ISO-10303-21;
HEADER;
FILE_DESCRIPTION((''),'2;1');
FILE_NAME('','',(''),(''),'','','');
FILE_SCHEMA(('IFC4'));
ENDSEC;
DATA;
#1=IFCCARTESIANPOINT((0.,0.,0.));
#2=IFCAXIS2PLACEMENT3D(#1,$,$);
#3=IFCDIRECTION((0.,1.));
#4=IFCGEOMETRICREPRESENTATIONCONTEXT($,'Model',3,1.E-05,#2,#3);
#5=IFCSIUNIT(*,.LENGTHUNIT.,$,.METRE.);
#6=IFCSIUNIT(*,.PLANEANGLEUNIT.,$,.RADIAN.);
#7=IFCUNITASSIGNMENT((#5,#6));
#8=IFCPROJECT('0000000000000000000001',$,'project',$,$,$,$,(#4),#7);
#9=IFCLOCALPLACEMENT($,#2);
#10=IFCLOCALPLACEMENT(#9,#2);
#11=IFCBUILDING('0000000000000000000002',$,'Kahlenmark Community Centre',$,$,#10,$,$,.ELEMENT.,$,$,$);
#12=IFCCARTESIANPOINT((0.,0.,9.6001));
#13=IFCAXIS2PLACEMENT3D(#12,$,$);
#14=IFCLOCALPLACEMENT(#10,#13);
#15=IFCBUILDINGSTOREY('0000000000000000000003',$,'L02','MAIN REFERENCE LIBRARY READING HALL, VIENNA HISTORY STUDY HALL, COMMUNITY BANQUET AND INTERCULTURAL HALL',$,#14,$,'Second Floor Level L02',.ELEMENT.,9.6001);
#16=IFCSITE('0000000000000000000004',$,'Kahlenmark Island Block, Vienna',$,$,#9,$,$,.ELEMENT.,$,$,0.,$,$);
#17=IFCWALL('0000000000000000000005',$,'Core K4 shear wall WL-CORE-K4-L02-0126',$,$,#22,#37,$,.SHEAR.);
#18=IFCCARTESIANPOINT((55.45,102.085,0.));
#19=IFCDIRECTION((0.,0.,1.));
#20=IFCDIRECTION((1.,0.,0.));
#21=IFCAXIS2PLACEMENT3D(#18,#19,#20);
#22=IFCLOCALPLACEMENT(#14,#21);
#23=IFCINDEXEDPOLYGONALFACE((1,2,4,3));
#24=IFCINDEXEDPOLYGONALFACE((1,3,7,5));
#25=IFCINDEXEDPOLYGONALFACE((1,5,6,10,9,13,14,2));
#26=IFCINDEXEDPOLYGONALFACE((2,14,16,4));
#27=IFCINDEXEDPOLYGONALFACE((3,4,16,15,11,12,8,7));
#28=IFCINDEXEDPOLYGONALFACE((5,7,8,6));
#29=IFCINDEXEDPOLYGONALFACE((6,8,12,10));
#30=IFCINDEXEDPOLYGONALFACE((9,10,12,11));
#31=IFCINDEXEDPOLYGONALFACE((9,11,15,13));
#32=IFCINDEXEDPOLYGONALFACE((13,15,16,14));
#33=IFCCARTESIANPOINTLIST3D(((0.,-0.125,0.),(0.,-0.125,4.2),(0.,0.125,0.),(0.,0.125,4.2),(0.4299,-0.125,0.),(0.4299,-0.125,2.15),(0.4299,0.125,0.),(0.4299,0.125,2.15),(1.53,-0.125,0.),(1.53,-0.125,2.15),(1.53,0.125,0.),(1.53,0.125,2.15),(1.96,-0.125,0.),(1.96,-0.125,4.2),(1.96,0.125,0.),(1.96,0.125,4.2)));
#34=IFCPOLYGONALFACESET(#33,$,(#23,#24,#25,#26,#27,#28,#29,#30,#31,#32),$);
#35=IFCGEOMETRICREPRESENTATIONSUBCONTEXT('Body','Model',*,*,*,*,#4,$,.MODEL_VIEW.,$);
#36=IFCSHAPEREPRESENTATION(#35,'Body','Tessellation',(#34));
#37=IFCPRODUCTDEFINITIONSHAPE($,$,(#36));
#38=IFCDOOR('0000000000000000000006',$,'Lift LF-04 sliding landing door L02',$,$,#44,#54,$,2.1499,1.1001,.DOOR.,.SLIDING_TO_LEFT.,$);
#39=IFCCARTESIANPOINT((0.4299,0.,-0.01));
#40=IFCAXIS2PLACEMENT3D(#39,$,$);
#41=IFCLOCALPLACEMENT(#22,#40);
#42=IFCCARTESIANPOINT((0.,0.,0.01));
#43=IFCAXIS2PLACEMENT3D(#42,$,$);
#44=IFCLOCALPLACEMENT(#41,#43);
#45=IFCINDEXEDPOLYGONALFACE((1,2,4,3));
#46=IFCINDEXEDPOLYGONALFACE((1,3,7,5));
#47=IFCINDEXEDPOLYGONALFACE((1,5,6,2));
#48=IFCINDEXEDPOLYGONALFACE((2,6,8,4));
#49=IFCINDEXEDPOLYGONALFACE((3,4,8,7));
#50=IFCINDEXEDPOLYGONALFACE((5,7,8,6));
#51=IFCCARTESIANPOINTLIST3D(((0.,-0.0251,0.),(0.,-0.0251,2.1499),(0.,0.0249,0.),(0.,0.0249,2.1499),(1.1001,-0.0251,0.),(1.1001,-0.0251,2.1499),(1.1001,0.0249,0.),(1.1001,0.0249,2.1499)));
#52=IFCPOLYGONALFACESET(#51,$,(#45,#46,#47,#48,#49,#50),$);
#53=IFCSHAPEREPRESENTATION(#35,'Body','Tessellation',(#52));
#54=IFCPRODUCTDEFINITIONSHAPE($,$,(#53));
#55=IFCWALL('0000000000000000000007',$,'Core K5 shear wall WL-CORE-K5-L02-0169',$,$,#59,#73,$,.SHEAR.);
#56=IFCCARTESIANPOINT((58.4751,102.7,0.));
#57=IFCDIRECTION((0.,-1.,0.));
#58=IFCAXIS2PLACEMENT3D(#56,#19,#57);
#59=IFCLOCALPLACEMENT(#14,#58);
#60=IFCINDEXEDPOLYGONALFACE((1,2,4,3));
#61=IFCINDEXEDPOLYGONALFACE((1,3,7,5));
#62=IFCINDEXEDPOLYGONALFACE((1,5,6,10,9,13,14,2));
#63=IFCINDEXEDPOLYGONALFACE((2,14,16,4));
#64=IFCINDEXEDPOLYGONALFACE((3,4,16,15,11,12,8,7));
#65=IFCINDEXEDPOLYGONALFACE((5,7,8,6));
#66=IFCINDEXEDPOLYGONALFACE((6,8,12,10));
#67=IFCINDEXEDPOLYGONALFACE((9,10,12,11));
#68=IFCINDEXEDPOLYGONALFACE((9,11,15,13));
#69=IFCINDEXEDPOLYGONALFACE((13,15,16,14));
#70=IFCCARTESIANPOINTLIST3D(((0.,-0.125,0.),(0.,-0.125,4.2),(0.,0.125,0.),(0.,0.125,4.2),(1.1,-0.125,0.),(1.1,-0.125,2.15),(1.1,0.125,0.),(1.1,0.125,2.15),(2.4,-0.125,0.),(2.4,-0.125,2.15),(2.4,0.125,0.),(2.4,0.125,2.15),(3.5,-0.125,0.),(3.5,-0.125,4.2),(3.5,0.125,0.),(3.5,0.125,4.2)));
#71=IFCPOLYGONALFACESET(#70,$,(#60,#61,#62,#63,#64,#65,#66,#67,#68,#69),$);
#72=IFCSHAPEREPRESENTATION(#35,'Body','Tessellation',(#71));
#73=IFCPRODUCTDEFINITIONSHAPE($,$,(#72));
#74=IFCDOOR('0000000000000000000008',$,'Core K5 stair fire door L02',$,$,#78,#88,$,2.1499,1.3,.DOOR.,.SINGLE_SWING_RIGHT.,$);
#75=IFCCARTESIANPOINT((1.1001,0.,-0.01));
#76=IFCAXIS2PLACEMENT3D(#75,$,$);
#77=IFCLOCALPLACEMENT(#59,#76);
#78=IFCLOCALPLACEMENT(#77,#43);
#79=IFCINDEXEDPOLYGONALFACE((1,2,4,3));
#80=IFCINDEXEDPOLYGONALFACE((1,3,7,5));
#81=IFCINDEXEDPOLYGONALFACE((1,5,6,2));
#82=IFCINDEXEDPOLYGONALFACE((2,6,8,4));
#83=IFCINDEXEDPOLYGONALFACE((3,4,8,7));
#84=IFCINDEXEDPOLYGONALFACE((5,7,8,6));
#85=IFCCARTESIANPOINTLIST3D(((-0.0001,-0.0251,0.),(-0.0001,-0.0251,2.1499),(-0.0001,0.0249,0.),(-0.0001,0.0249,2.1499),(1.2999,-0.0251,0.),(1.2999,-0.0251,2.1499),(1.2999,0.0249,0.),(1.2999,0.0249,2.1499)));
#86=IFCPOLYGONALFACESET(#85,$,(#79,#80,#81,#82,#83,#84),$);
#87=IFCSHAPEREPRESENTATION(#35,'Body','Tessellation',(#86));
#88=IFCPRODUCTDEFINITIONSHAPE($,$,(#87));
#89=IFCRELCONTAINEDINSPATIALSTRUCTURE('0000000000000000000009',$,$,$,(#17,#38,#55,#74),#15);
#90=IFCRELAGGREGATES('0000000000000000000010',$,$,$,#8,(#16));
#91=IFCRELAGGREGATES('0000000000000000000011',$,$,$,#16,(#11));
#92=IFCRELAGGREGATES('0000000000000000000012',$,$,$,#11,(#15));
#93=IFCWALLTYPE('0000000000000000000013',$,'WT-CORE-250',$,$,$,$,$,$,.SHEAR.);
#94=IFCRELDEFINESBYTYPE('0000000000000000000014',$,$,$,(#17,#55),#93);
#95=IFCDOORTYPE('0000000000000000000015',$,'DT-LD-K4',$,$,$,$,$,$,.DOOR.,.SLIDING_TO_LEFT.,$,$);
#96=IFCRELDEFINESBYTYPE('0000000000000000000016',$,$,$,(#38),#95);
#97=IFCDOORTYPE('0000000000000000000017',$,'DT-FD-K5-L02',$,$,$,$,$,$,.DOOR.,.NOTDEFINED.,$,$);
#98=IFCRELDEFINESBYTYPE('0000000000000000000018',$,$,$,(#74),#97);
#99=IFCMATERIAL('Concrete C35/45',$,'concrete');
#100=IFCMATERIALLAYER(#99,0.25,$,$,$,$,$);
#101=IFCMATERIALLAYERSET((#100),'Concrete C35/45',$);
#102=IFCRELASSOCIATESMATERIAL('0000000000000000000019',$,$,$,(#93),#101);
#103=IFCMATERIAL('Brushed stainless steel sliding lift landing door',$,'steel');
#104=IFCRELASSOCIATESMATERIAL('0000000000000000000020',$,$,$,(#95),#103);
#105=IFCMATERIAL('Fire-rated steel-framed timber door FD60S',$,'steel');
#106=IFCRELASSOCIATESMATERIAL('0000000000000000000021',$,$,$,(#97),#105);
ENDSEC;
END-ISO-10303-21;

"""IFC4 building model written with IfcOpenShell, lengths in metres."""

from ifc_helpers import new_model, si_unit, direction, frame, frame_2d, origin, place, context, subcontext, project, spatial, rectangle, extrude, material, layer, layer_set, type_object, element, fill, save


model = new_model("IFC4")

# Units and contexts
model_context = context("Model", 3, precision=1e-05, world=origin(), true_north=direction((0.0, 1.0)))
body_context = subcontext(model_context, "Body", "Model", "MODEL_VIEW")
ifc_project = project(units=[si_unit("LENGTHUNIT", "METRE"), si_unit("PLANEANGLEUNIT", "RADIAN")], contexts=[model_context])

# Site, building, storey
site_placement = place(None, origin())
site = spatial("IfcSite", under=ifc_project, at=site_placement, Name="Kahlenmark Island Block, Vienna", CompositionType="ELEMENT", RefElevation=0.0)
building_placement = place(site_placement, origin())
building = spatial("IfcBuilding", under=site, at=building_placement, Name="Kahlenmark Community Centre", CompositionType="ELEMENT")
storey_placement = place(building_placement, frame((0.0, 0.0, 9.6001)))
storey = spatial("IfcBuildingStorey", under=building, at=storey_placement, Name="L02", Description="MAIN REFERENCE LIBRARY READING HALL, VIENNA HISTORY STUDY HALL, COMMUNITY BANQUET AND INTERCULTURAL HALL", LongName="Second Floor Level L02", CompositionType="ELEMENT", Elevation=9.6001)

# Shared definitions
ifc_material_1 = material(Name="Concrete C35/45", Category="concrete")
ifc_layer_1 = layer(ifc_material_1, 0.25)
ifc_layer_set_1 = layer_set([ifc_layer_1], Name="Concrete C35/45")
wall_type_1 = type_object("IfcWallType", Name="WT-CORE-250", PredefinedType="SHEAR", material=ifc_layer_set_1)

# Walls, openings, doors
wall_1_placement = place(storey_placement, frame((55.45, 102.085, 0.0), z_axis=(0.0, 0.0, 1.0), x_axis=(1.0, 0.0, 0.0)))
wall_1 = element("IfcWall", 1, at=wall_1_placement, inside=storey, type_object=wall_type_1, Name="Core K4 shear wall WL-CORE-K4-L02-0126", PredefinedType="SHEAR", context=body_context, shape_type="SweptSolid", body=[
    extrude(rectangle(XDim=1.96, YDim=0.25, at=frame_2d((0.98, 0.0))), origin(), (0.0, 0.0, 1.0), 4.2),
])
opening_1_placement = place(wall_1_placement, frame((0.4299, 0.0, -0.01)))
opening_1 = element("IfcOpeningElement", 2, at=opening_1_placement, cuts=wall_1, PredefinedType="OPENING", context=body_context, shape_type="SweptSolid", body=[
    extrude(rectangle(XDim=1.1001, YDim=2.1599, at=frame_2d((0.55, 1.0801))), frame((0.0, 0.135, 0.0), z_axis=(0.0, -1.0, 0.0), x_axis=(1.0, 0.0, 0.0)), (0.0, 0.0, 1.0), 0.27),
])
ifc_material_2 = material(Name="Brushed stainless steel sliding lift landing door", Category="steel")
door_type_1 = type_object("IfcDoorType", Name="DT-LD-K4", OperationType="SLIDING_TO_LEFT", PredefinedType="DOOR", material=ifc_material_2)
door_1_placement = place(opening_1_placement, frame((0.0, 0.0, 0.01)))
door_1 = element("IfcDoor", 3, at=door_1_placement, inside=storey, type_object=door_type_1, Name="Lift LF-04 sliding landing door L02", OperationType="SLIDING_TO_LEFT", OverallHeight=2.1499, OverallWidth=1.1001, PredefinedType="DOOR", context=body_context, shape_type="SweptSolid", body=[
    extrude(rectangle(XDim=1.1001, YDim=2.1499, at=frame_2d((0.55, 1.075))), frame((0.0, 0.0249, 0.0), z_axis=(0.0, -1.0, 0.0), x_axis=(1.0, 0.0, 0.0)), (0.0, 0.0, 1.0), 0.05),
])
fill(opening_1, door_1)
wall_2_placement = place(storey_placement, frame((58.4751, 102.7, 0.0), z_axis=(0.0, 0.0, 1.0), x_axis=(0.0, -1.0, 0.0)))
wall_2 = element("IfcWall", 4, at=wall_2_placement, inside=storey, type_object=wall_type_1, Name="Core K5 shear wall WL-CORE-K5-L02-0169", PredefinedType="SHEAR", context=body_context, shape_type="SweptSolid", body=[
    extrude(rectangle(XDim=3.5, YDim=0.25, at=frame_2d((1.75, 0.0))), origin(), (0.0, 0.0, 1.0), 4.2),
])
opening_2_placement = place(wall_2_placement, frame((1.1001, 0.0, -0.01)))
opening_2 = element("IfcOpeningElement", 5, at=opening_2_placement, cuts=wall_2, PredefinedType="OPENING", context=body_context, shape_type="SweptSolid", body=[
    extrude(rectangle(XDim=1.3, YDim=2.1599, at=frame_2d((0.6499, 1.0801))), frame((0.0, 0.135, 0.0), z_axis=(0.0, -1.0, 0.0), x_axis=(1.0, 0.0, 0.0)), (0.0, 0.0, 1.0), 0.27),
])
ifc_material_3 = material(Name="Fire-rated steel-framed timber door FD60S", Category="steel")
door_type_2 = type_object("IfcDoorType", Name="DT-FD-K5-L02", OperationType="NOTDEFINED", PredefinedType="DOOR", material=ifc_material_3)
door_2_placement = place(opening_2_placement, frame((0.0, 0.0, 0.01)))
door_2 = element("IfcDoor", 6, at=door_2_placement, inside=storey, type_object=door_type_2, Name="Core K5 stair fire door L02", OperationType="SINGLE_SWING_RIGHT", OverallHeight=2.1499, OverallWidth=1.3, PredefinedType="DOOR", context=body_context, shape_type="SweptSolid", body=[
    extrude(rectangle(XDim=1.3, YDim=2.1499, at=frame_2d((0.6499, 1.075))), frame((0.0, 0.0249, 0.0), z_axis=(0.0, -1.0, 0.0), x_axis=(1.0, 0.0, 0.0)), (0.0, 0.0, 1.0), 0.05),
])
fill(opening_2, door_2)

save(model, "model.ifc")
